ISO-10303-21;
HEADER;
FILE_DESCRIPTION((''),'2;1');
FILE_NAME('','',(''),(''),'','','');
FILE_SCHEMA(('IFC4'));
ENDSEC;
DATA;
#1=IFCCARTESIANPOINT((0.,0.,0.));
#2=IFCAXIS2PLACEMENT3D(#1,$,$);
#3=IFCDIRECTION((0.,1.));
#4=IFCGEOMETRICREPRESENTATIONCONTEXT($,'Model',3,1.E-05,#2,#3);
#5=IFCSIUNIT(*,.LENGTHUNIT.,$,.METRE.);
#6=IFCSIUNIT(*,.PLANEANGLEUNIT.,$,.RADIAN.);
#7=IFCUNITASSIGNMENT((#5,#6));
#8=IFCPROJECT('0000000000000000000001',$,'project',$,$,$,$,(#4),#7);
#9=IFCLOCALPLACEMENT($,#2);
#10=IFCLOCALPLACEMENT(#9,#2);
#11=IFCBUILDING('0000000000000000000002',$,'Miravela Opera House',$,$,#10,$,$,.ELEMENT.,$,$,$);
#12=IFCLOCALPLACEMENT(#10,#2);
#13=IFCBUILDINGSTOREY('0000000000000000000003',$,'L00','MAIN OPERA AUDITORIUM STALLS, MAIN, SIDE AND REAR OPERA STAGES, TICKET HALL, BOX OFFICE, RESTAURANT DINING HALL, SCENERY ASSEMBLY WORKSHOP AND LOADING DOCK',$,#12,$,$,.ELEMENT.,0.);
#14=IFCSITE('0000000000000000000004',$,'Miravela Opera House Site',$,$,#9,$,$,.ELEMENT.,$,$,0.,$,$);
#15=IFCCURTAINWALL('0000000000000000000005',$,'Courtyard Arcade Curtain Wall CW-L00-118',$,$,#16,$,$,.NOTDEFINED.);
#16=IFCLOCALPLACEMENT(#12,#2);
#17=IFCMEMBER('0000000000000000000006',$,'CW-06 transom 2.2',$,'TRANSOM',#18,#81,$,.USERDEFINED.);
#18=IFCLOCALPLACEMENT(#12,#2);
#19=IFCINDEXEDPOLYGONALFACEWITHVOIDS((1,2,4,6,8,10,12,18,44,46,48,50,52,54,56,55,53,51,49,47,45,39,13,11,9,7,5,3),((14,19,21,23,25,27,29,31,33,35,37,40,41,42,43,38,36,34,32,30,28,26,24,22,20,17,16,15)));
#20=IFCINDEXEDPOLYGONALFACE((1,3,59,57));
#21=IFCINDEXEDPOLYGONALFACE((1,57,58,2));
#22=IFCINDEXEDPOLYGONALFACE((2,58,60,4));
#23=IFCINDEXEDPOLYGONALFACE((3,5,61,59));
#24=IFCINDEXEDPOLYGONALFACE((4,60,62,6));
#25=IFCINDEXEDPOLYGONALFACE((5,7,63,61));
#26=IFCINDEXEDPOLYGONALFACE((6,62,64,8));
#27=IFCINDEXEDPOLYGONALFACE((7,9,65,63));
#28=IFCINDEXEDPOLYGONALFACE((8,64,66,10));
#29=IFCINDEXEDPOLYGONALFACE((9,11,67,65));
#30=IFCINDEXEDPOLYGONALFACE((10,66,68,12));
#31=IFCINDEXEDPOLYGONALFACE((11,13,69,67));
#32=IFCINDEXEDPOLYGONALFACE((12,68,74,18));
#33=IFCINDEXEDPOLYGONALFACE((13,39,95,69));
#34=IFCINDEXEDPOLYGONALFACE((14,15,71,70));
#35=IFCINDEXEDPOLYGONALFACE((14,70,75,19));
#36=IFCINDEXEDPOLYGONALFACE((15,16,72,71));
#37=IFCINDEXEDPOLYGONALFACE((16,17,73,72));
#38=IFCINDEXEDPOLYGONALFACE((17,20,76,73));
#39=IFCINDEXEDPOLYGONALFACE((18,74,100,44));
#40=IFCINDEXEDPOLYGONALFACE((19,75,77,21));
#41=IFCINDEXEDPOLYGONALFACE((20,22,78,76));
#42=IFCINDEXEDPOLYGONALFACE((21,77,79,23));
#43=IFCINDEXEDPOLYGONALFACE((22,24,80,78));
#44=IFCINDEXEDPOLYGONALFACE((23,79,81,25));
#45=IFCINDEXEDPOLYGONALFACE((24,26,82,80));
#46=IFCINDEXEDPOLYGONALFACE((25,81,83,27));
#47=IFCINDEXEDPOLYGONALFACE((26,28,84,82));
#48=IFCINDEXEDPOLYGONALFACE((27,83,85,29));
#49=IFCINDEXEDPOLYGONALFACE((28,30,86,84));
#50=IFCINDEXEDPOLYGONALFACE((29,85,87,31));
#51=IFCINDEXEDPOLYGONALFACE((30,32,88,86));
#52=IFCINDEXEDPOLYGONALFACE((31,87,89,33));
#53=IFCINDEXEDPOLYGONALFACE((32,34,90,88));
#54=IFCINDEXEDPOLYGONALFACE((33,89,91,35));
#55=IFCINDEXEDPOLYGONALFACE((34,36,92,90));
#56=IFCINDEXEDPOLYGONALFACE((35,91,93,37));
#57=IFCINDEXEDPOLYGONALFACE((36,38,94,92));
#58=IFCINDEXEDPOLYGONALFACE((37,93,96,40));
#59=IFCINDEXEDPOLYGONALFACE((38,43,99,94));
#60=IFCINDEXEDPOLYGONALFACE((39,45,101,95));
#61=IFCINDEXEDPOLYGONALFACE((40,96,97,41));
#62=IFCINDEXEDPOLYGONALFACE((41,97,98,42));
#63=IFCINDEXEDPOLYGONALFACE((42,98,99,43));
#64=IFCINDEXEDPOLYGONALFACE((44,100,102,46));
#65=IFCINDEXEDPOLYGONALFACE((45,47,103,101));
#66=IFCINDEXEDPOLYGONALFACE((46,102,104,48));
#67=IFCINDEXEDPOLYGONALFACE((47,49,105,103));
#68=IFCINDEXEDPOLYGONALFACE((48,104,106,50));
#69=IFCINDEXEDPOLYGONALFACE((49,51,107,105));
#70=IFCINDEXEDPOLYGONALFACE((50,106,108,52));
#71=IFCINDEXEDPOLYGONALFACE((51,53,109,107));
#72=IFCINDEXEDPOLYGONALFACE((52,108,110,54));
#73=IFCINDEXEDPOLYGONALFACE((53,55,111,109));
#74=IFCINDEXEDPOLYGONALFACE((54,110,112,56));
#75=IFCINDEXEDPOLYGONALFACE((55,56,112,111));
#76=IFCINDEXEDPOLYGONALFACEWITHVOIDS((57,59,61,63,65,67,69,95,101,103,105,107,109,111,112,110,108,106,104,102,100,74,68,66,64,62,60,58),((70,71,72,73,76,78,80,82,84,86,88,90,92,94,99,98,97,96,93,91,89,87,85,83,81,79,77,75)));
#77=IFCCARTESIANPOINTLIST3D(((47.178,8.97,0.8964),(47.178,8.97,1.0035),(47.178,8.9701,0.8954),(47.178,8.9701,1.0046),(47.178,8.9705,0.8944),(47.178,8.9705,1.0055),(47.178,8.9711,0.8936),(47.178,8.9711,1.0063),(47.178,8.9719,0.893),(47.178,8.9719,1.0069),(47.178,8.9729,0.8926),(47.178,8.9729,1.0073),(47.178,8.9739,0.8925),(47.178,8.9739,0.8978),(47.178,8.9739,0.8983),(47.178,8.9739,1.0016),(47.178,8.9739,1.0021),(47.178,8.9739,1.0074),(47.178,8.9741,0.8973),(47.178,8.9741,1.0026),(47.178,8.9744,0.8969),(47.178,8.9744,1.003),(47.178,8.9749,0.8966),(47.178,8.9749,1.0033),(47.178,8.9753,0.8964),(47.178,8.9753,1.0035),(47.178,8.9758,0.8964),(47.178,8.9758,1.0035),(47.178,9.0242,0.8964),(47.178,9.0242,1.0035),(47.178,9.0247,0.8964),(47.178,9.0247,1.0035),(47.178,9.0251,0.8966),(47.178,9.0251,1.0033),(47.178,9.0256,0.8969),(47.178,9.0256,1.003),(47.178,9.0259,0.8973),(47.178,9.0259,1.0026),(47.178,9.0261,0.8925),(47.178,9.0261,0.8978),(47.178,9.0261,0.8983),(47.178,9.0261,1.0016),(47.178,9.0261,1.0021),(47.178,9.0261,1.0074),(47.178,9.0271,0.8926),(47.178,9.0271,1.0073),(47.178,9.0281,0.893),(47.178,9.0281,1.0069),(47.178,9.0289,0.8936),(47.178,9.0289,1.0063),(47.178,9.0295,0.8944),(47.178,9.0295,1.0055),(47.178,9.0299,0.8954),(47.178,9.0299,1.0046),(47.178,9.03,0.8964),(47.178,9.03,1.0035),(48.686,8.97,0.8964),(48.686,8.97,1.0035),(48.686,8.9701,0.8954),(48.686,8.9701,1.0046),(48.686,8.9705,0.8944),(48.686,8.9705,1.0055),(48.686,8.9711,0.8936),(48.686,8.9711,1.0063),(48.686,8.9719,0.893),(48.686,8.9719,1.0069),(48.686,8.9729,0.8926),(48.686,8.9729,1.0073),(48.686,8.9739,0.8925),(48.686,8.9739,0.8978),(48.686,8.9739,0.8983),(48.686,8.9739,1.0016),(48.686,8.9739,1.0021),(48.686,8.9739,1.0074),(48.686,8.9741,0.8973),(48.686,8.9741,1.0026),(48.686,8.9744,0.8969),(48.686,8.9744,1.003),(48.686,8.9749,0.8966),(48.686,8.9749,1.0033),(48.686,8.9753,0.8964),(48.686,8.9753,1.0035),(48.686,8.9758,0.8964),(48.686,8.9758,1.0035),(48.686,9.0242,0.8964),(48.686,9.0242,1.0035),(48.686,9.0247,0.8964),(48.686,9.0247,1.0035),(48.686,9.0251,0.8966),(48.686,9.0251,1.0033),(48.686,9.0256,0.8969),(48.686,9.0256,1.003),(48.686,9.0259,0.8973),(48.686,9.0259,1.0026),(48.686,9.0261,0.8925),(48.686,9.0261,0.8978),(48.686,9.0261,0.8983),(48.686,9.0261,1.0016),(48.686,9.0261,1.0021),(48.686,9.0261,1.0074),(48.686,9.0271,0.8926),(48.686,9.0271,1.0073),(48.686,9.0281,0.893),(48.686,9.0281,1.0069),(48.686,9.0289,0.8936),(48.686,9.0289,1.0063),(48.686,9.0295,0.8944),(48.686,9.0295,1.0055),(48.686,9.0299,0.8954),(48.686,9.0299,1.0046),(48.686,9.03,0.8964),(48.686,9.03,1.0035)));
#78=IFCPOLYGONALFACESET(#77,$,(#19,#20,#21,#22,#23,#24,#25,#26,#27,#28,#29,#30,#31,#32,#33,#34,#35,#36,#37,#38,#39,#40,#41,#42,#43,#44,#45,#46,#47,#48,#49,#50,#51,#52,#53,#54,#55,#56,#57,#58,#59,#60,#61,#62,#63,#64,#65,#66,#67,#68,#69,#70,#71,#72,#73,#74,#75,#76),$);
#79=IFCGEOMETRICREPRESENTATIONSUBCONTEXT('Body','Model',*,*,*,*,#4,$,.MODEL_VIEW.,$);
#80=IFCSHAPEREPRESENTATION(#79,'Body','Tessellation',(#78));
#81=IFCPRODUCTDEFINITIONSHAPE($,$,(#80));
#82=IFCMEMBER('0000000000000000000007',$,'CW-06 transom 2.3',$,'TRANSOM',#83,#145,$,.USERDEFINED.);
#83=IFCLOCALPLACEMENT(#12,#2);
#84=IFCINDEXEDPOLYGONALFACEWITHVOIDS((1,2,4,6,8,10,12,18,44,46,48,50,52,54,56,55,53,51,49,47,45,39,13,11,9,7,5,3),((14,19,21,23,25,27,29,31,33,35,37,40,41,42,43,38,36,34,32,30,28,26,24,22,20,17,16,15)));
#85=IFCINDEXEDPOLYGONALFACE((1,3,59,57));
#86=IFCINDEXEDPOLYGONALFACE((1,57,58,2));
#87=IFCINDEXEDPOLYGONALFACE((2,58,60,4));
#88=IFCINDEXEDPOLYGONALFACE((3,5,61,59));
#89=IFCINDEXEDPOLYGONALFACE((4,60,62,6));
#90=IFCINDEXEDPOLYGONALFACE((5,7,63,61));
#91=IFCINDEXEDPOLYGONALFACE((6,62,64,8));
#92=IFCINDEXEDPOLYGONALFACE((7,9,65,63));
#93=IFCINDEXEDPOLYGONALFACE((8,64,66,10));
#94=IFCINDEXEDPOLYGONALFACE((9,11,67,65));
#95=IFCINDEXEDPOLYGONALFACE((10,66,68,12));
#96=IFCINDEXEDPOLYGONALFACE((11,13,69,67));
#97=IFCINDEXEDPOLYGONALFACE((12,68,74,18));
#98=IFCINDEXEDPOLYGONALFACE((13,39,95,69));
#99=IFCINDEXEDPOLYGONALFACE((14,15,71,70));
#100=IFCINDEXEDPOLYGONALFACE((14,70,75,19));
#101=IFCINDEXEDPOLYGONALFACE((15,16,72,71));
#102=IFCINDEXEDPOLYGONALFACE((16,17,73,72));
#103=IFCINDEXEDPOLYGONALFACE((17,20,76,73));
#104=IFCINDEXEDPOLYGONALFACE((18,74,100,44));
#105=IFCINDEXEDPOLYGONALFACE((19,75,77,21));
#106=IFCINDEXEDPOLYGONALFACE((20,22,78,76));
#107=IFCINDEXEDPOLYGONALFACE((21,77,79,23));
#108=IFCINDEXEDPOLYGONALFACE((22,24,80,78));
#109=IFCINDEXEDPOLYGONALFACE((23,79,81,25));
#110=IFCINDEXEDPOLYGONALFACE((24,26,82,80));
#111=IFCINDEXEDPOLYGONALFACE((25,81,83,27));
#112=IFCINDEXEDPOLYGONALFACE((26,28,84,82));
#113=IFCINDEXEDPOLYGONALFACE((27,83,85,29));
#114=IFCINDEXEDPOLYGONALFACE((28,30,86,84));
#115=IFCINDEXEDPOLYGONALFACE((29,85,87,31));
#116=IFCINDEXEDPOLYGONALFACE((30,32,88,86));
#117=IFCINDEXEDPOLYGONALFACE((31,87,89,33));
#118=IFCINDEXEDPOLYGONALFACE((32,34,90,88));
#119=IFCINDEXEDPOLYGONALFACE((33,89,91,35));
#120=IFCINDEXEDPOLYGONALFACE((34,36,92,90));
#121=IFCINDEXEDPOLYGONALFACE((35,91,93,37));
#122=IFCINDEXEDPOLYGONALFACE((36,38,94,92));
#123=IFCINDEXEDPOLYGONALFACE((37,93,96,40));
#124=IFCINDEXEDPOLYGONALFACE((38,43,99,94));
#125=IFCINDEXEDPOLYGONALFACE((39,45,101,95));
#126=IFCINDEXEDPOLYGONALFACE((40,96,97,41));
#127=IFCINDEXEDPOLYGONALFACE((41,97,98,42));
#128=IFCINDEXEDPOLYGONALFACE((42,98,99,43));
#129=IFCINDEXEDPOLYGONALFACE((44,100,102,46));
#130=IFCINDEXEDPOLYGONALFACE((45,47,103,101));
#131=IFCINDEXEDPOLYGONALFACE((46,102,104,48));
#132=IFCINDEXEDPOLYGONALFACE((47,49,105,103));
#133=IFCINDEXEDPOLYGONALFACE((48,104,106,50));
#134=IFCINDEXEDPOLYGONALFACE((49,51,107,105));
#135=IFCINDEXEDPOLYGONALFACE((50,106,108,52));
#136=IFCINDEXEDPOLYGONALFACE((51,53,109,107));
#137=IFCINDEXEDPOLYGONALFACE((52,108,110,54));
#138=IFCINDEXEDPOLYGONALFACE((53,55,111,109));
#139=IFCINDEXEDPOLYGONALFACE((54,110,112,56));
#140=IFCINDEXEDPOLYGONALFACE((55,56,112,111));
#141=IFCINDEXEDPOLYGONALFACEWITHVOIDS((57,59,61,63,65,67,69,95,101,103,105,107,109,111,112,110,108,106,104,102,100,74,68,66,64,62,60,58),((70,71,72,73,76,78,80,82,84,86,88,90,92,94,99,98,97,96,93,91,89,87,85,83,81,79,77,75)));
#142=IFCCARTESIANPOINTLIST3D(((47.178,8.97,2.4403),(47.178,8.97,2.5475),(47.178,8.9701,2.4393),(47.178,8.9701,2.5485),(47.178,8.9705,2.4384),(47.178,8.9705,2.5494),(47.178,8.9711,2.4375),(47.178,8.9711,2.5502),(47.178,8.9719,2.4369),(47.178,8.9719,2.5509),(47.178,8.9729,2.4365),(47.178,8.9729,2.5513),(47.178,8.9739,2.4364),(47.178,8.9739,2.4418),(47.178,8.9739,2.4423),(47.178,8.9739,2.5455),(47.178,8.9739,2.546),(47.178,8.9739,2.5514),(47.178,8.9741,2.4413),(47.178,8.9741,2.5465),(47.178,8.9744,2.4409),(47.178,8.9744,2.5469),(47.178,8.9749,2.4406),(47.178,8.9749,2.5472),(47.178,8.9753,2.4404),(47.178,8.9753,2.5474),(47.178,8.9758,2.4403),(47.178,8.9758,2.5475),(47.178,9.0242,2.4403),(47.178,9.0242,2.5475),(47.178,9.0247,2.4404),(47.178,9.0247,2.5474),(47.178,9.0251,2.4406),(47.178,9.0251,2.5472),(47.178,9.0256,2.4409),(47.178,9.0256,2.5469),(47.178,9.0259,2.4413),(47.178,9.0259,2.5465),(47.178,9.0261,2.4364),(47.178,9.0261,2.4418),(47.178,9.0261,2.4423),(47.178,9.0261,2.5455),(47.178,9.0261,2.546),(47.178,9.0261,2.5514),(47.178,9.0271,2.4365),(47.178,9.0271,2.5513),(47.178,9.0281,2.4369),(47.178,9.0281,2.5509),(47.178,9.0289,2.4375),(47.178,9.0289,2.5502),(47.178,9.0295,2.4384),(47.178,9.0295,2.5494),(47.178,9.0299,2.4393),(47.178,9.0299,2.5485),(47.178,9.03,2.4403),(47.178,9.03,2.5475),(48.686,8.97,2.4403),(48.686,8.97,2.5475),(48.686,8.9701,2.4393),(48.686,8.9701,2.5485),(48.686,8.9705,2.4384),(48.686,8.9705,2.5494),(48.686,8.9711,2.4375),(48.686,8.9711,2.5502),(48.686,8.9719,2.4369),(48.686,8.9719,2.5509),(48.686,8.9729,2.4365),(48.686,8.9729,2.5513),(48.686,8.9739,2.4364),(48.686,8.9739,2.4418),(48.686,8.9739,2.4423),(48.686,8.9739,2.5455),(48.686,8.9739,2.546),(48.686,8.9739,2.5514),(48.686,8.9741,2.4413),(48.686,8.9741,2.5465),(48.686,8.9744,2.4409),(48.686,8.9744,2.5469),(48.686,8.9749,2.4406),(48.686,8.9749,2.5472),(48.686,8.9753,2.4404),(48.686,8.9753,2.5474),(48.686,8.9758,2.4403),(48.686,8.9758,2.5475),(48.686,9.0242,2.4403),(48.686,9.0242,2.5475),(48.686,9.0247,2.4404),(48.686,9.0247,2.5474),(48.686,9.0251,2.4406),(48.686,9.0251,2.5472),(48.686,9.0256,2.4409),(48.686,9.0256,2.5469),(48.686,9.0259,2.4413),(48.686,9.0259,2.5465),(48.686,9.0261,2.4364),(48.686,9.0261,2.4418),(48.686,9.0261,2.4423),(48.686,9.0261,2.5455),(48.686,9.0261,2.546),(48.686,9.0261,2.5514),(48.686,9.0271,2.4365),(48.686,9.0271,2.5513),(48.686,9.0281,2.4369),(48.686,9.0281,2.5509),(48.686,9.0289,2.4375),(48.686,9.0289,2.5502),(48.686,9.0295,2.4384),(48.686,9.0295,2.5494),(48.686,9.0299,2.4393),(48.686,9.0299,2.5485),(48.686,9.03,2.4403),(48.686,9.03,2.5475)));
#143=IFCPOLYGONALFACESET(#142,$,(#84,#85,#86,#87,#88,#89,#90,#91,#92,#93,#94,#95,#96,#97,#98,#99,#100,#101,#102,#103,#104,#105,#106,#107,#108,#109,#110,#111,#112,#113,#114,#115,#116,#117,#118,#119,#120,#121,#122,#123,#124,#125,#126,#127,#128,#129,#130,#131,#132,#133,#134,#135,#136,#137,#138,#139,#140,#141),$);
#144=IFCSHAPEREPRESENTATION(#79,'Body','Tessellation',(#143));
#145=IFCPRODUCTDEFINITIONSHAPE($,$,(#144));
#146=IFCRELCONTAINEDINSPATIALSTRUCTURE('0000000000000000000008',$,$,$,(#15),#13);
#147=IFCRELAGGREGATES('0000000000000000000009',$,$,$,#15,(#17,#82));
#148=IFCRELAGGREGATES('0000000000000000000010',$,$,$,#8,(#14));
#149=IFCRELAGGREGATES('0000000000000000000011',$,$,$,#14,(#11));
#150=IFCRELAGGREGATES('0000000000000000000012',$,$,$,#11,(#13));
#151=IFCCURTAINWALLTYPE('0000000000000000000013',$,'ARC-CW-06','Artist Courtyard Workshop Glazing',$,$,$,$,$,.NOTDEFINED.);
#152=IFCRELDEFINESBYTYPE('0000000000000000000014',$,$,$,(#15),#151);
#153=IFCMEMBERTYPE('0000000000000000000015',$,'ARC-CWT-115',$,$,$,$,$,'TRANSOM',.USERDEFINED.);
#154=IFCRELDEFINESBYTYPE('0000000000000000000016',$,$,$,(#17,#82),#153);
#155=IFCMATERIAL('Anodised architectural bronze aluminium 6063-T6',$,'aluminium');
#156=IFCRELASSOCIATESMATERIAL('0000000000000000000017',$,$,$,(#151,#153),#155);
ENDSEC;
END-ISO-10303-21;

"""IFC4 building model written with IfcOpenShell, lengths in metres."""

from ifc_helpers import new_model, si_unit, direction, frame, origin, origin_2d, place, context, subcontext, project, spatial, hollow_rectangle, extrude, material, material_profile, profile_set, type_object, element, aggregate, save


model = new_model("IFC4")

# Units and contexts
model_context = context("Model", 3, precision=1e-05, world=origin(), true_north=direction((0.0, 1.0)))
body_context = subcontext(model_context, "Body", "Model", "MODEL_VIEW")
ifc_project = project(units=[si_unit("LENGTHUNIT", "METRE"), si_unit("PLANEANGLEUNIT", "RADIAN")], contexts=[model_context])

# Site, building, storey
site_placement = place(None, origin())
site = spatial("IfcSite", under=ifc_project, at=site_placement, Name="Miravela Opera House Site", CompositionType="ELEMENT", RefElevation=0.0)
building_placement = place(site_placement, origin())
building = spatial("IfcBuilding", under=site, at=building_placement, Name="Miravela Opera House", CompositionType="ELEMENT")
storey_placement = place(building_placement, origin())
storey = spatial("IfcBuildingStorey", under=building, at=storey_placement, Name="L00", Description="MAIN OPERA AUDITORIUM STALLS, MAIN, SIDE AND REAR OPERA STAGES, TICKET HALL, BOX OFFICE, RESTAURANT DINING HALL, SCENERY ASSEMBLY WORKSHOP AND LOADING DOCK", CompositionType="ELEMENT", Elevation=0.0)

# Curtain wall, members
ifc_material_1 = material(Name="Anodised architectural bronze aluminium 6063-T6", Category="aluminium")
curtain_wall_type = type_object("IfcCurtainWallType", Name="ARC-CW-06", Description="Artist Courtyard Workshop Glazing", PredefinedType="NOTDEFINED", material=ifc_material_1)
curtain_wall_placement = place(storey_placement, origin())
curtain_wall = element("IfcCurtainWall", 1, at=curtain_wall_placement, inside=storey, type_object=curtain_wall_type, Name="Courtyard Arcade Curtain Wall CW-L00-118", PredefinedType="NOTDEFINED")
ifc_material_profile_1 = material_profile(ifc_material_1, hollow_rectangle(XDim=0.0601, YDim=0.115, WallThickness=0.0039, InnerFilletRadius=0.002, OuterFilletRadius=0.0039, at=origin_2d()), Name="CWT-60X115")
ifc_profile_set_1 = profile_set([ifc_material_profile_1])
member_type_1 = type_object("IfcMemberType", Name="ARC-CWT-115", ElementType="TRANSOM", PredefinedType="USERDEFINED", material=ifc_profile_set_1)
member_1_placement = place(storey_placement, frame((47.178, 9.0, 0.95), z_axis=(1.0, 0.0, 0.0), x_axis=(0.0, 1.0, 0.0)))
member_1 = element("IfcMember", 2, at=member_1_placement, type_object=member_type_1, Name="CW-06 transom 2.2", ObjectType="TRANSOM", PredefinedType="USERDEFINED", context=body_context, shape_type="SweptSolid", body=[
    extrude(hollow_rectangle(XDim=0.0601, YDim=0.115, WallThickness=0.0039, InnerFilletRadius=0.002, OuterFilletRadius=0.0039, at=origin_2d()), origin(), (0.0, 0.0, 1.0), 1.5081),
])
member_2_placement = place(storey_placement, frame((47.178, 9.0, 2.4939), z_axis=(1.0, 0.0, 0.0), x_axis=(0.0, 1.0, 0.0)))
member_2 = element("IfcMember", 3, at=member_2_placement, type_object=member_type_1, Name="CW-06 transom 2.3", ObjectType="TRANSOM", PredefinedType="USERDEFINED", context=body_context, shape_type="SweptSolid", body=[
    extrude(hollow_rectangle(XDim=0.0601, YDim=0.115, WallThickness=0.0039, InnerFilletRadius=0.002, OuterFilletRadius=0.0039, at=origin_2d()), origin(), (0.0, 0.0, 1.0), 1.5081),
])

aggregate(curtain_wall, [member_1, member_2])

save(model, "model.ifc")
